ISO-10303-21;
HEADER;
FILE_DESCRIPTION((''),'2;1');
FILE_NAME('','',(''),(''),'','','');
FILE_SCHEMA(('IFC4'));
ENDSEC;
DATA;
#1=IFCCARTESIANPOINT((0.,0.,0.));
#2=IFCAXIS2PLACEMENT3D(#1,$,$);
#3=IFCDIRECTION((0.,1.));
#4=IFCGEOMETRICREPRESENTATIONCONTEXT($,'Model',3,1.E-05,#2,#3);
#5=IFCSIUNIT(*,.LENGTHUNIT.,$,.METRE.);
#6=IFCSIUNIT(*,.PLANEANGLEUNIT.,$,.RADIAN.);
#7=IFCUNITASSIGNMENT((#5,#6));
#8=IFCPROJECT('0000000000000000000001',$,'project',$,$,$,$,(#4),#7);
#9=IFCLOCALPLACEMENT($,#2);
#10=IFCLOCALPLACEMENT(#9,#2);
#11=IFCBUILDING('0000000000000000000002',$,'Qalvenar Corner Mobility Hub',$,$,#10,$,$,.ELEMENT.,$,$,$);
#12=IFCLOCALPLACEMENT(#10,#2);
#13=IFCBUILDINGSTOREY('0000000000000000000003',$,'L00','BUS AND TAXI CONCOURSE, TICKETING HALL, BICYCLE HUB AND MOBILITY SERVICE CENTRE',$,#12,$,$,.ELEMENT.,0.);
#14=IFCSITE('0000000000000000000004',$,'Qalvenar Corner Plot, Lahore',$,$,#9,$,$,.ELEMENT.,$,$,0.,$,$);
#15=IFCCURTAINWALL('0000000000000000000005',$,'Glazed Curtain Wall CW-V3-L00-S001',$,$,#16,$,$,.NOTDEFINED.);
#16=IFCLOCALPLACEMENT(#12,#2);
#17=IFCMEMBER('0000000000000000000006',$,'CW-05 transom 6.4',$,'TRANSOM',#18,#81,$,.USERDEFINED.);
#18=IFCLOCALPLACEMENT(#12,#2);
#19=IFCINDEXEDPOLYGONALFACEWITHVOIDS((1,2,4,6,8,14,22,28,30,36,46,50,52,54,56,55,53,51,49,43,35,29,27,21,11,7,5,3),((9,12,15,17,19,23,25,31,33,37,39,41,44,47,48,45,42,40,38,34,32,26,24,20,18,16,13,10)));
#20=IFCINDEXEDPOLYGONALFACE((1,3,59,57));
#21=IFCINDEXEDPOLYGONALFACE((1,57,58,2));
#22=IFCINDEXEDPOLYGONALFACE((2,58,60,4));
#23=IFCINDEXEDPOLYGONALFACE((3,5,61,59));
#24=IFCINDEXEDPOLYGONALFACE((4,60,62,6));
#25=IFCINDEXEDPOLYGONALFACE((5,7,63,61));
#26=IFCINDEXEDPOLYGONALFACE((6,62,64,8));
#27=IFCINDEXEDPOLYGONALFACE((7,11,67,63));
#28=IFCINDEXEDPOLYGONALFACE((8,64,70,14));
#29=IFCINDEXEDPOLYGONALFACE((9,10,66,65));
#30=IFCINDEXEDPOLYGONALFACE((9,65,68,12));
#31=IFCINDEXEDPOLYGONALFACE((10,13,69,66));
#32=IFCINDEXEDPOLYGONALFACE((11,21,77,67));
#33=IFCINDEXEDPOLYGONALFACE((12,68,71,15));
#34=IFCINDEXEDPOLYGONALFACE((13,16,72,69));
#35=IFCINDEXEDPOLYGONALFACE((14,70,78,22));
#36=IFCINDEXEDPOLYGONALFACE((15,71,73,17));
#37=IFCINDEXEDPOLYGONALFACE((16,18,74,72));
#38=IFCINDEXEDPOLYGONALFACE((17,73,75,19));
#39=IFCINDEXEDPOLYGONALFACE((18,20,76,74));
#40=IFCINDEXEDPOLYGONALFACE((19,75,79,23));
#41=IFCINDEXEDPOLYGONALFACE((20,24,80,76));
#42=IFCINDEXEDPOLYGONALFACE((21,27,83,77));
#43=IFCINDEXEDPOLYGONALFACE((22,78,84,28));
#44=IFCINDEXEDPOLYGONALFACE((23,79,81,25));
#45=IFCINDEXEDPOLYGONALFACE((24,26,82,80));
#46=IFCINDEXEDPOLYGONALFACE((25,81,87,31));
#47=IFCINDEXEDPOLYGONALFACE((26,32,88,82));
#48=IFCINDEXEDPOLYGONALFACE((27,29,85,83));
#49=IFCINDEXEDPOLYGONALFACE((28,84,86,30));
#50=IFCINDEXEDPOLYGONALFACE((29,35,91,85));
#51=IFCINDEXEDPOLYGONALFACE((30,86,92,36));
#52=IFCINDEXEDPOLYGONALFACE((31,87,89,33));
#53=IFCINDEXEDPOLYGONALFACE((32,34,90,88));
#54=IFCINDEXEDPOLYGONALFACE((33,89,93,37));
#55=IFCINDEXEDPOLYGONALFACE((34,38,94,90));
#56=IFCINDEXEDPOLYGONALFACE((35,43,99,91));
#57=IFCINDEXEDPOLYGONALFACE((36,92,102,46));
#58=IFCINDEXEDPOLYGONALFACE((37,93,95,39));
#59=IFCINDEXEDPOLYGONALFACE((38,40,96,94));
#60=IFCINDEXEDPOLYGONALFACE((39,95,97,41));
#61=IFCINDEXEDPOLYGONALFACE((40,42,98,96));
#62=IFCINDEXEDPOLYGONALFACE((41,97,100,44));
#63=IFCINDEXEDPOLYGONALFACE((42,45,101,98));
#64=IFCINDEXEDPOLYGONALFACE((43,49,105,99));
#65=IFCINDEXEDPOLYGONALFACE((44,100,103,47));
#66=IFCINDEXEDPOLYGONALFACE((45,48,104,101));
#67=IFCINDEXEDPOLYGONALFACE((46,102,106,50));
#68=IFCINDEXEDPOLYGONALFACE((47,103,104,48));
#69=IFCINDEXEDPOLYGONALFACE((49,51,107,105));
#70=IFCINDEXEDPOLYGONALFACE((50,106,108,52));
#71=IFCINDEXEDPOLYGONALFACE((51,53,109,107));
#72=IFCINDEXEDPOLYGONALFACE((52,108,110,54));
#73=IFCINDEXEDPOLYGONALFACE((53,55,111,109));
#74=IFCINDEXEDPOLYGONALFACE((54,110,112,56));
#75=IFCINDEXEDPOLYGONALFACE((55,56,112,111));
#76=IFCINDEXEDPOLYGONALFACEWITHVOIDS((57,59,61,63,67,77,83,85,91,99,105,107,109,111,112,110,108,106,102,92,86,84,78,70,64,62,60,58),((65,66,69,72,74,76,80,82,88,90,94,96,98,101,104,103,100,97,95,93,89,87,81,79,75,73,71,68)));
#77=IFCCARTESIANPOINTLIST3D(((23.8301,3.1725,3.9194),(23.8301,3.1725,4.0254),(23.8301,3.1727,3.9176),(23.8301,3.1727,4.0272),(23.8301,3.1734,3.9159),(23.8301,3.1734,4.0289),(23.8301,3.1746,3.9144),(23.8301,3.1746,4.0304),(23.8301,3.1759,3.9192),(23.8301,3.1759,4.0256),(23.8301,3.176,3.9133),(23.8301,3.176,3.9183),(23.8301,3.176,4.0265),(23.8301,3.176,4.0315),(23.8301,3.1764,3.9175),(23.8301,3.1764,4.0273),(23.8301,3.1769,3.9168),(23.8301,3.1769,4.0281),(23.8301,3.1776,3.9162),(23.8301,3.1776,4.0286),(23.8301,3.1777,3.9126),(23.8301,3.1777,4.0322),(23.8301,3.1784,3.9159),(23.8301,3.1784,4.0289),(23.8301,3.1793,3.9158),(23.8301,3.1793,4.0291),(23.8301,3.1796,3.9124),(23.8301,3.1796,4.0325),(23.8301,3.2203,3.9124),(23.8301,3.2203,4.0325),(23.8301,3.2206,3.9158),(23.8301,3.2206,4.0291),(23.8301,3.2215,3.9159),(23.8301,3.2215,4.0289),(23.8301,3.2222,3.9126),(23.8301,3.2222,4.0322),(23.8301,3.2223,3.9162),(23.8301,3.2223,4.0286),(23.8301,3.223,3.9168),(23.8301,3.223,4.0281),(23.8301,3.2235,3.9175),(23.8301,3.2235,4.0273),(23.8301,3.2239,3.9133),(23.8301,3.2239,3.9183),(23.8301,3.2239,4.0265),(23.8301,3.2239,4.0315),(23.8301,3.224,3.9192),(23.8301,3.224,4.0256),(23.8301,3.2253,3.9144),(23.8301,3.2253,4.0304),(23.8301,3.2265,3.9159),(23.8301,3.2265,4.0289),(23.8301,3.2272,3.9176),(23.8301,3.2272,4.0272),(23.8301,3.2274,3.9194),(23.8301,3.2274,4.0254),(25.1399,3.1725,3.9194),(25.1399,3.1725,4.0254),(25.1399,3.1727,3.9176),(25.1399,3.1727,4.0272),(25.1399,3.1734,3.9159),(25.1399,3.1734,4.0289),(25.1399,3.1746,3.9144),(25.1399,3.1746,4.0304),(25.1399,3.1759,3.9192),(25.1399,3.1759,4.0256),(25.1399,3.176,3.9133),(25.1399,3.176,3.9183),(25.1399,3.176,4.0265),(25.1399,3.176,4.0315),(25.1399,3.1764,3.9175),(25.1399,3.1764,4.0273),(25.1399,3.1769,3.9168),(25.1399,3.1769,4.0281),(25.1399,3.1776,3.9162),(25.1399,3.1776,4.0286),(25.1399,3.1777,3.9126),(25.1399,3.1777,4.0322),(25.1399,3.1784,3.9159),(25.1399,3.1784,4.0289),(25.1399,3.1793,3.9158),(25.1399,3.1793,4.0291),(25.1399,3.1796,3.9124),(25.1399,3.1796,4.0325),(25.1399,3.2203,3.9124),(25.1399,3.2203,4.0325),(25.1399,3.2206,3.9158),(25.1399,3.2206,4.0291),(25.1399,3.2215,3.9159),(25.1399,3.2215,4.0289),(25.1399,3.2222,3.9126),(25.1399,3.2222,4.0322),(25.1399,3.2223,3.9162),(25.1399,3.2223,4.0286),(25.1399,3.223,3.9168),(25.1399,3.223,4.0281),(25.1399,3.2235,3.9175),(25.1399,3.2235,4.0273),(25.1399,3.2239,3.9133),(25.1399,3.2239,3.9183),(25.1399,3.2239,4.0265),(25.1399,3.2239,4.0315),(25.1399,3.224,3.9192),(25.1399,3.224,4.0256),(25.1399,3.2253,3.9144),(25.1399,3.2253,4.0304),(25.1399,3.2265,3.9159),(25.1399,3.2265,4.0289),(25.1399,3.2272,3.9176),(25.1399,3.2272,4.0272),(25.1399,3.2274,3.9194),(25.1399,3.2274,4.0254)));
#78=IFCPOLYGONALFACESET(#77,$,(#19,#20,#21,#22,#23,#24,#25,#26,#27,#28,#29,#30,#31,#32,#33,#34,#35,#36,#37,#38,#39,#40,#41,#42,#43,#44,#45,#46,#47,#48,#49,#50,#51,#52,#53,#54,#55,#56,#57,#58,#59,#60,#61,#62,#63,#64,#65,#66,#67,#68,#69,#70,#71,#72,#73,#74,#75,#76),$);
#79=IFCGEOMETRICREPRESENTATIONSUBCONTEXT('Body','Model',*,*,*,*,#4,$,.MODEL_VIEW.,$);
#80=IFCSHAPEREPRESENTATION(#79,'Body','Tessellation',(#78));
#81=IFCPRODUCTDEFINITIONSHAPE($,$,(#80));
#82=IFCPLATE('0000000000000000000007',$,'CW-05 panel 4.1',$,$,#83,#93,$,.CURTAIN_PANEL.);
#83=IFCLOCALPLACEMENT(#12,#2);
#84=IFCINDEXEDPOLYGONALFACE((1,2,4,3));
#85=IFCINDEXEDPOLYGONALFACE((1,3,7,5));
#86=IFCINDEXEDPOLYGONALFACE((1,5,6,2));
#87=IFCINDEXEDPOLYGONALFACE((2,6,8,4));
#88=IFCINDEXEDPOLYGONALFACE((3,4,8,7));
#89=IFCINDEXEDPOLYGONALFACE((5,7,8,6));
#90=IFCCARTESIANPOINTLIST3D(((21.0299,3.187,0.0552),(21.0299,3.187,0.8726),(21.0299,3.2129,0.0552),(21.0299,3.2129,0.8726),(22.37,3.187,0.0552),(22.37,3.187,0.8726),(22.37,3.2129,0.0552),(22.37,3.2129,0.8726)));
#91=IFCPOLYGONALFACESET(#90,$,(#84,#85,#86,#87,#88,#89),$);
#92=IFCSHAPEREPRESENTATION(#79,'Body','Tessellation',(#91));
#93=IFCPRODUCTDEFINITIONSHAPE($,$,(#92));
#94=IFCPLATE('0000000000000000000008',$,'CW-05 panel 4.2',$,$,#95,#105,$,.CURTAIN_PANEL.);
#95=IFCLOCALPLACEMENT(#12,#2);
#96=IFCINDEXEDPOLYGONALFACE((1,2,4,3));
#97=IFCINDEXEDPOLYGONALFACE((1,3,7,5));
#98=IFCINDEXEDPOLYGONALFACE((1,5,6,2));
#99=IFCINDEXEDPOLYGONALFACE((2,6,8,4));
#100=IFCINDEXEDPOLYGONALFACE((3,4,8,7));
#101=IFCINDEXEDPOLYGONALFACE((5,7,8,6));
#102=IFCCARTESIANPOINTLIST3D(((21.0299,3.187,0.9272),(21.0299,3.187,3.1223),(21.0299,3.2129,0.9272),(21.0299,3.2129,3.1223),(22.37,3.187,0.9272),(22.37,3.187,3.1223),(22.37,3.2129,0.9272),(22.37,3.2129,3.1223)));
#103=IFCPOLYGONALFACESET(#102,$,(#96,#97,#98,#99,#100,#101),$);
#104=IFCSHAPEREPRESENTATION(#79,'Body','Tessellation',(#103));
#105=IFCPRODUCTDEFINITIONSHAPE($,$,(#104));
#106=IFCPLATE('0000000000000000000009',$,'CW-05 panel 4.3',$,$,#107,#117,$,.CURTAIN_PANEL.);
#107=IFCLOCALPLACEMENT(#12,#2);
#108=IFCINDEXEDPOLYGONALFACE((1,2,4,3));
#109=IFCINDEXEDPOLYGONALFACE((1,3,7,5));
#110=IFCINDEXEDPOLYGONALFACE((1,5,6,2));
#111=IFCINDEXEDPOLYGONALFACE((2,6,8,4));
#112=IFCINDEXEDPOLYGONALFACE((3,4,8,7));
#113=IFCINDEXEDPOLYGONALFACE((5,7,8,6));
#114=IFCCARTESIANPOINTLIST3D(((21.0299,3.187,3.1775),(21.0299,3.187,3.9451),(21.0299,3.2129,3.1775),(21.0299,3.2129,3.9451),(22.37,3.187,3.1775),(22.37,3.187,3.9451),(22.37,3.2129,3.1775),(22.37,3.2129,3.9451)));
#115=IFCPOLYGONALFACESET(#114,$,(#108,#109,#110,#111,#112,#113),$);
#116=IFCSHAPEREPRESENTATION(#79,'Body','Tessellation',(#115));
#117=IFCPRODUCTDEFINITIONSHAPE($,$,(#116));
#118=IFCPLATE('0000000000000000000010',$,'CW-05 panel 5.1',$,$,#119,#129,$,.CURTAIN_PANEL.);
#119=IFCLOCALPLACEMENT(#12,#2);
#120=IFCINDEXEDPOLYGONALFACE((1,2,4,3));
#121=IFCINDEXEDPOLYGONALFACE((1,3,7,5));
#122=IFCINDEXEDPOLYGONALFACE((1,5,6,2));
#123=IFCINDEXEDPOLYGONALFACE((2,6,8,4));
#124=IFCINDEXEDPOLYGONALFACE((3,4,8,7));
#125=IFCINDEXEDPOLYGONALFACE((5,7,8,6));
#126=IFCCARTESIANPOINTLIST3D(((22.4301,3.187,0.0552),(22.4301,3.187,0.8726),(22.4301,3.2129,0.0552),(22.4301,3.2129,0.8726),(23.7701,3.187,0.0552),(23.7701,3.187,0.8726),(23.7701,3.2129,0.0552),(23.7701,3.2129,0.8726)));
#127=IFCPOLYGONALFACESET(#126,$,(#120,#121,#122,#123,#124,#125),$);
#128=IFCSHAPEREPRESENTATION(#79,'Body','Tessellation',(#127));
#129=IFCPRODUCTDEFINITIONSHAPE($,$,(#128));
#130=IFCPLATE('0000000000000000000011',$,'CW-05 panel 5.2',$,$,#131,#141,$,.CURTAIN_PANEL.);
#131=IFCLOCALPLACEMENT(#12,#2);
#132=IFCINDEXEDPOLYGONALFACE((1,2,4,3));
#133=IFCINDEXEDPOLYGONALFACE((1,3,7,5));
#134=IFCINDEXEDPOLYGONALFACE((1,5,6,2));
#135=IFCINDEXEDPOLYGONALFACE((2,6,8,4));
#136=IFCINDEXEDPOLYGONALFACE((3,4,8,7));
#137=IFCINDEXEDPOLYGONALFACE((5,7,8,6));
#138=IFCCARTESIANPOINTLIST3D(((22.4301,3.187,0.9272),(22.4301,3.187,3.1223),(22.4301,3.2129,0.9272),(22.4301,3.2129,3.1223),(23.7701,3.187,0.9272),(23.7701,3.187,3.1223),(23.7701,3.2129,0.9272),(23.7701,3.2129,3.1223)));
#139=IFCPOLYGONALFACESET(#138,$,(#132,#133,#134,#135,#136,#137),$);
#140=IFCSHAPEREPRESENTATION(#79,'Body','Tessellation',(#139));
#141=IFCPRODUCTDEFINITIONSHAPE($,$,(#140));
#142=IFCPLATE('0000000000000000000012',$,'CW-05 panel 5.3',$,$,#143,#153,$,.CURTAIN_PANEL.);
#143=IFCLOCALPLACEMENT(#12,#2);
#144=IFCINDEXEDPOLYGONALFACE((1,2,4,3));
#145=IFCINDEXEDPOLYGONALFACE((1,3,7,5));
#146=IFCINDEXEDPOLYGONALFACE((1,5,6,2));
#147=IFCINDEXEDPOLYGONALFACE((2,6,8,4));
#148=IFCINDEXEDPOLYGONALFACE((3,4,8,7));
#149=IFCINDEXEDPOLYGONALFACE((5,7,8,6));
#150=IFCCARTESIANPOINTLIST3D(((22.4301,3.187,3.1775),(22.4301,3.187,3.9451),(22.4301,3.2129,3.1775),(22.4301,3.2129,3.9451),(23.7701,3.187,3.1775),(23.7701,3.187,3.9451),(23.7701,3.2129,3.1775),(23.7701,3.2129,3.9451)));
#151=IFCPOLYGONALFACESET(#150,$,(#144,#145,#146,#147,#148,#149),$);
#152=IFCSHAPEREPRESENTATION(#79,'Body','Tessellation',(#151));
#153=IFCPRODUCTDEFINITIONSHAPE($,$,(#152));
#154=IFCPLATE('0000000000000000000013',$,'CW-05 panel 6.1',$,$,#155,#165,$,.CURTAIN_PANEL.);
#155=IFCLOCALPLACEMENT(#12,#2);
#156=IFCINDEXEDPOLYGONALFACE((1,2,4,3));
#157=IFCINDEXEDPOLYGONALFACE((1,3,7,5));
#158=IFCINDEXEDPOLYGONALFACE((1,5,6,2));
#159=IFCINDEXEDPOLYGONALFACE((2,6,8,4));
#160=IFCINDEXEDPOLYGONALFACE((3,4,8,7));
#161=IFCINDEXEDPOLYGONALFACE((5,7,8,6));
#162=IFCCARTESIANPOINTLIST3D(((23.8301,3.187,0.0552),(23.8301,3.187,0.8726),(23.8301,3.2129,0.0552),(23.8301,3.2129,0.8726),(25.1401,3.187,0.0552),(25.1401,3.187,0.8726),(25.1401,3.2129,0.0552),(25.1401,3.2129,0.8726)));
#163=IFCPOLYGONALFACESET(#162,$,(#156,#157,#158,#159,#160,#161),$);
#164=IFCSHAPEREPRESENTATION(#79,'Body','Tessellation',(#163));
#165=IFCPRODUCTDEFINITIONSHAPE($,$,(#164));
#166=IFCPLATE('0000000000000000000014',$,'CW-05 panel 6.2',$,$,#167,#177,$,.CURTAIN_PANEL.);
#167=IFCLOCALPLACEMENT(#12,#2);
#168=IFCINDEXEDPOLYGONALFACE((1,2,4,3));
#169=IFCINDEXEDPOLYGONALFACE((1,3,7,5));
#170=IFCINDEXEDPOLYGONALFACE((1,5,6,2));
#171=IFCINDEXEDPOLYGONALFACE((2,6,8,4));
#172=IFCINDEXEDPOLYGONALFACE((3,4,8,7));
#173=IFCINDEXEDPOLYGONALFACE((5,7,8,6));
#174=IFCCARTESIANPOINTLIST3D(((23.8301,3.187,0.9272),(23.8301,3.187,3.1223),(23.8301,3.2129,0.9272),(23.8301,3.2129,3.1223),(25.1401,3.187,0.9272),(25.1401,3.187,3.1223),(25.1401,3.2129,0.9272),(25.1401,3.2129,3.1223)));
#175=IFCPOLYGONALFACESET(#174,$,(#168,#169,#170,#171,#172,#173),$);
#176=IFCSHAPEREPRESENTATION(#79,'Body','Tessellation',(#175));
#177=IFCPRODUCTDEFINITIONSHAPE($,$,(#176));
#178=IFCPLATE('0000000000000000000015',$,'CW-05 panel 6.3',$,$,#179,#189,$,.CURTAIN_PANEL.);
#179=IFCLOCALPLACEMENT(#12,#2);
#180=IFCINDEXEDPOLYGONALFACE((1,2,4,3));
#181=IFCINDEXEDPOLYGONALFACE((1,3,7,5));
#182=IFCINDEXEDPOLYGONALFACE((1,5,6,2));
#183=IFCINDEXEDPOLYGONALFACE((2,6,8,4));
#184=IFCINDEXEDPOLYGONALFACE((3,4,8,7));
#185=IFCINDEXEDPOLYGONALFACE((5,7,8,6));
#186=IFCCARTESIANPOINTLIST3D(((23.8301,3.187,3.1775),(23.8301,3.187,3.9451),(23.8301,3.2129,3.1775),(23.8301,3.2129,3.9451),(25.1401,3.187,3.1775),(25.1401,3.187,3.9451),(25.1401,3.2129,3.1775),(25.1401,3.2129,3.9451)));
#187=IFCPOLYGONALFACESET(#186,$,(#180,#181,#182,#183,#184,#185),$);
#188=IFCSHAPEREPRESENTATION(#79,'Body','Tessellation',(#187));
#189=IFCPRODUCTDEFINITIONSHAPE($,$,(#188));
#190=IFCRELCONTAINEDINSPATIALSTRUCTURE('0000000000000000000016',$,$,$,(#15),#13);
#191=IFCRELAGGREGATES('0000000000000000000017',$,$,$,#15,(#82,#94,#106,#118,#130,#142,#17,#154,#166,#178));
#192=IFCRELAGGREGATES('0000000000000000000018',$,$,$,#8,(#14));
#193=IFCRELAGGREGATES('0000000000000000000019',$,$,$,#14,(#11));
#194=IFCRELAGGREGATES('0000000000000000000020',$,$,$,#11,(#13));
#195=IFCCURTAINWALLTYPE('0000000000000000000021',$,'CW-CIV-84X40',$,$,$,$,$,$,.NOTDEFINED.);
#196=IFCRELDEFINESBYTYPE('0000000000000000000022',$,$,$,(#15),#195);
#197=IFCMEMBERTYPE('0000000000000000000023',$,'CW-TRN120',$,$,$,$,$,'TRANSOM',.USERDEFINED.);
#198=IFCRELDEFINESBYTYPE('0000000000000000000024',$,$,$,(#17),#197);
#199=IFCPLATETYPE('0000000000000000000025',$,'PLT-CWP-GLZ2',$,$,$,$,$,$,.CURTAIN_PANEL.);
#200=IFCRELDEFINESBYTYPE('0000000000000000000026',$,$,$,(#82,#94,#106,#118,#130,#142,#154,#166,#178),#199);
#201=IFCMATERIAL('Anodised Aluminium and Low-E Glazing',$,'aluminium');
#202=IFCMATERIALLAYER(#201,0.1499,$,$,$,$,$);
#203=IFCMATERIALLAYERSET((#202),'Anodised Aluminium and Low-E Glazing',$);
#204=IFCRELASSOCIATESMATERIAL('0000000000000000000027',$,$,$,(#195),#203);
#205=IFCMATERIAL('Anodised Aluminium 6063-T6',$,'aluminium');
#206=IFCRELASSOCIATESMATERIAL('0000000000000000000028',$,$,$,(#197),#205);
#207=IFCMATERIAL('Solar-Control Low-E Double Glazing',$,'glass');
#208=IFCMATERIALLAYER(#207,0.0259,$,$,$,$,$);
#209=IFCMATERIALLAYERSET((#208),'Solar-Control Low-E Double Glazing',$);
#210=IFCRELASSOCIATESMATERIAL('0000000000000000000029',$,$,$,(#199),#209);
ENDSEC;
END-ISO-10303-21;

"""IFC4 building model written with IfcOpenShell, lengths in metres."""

from ifc_helpers import new_model, si_unit, direction, frame, origin, origin_2d, place, context, subcontext, project, spatial, rectangle, hollow_rectangle, extrude, material, layer, layer_set, material_profile, profile_set, type_object, element, aggregate, save


model = new_model("IFC4")

# Units and contexts
model_context = context("Model", 3, precision=1e-05, world=origin(), true_north=direction((0.0, 1.0)))
body_context = subcontext(model_context, "Body", "Model", "MODEL_VIEW")
ifc_project = project(units=[si_unit("LENGTHUNIT", "METRE"), si_unit("PLANEANGLEUNIT", "RADIAN")], contexts=[model_context])

# Site, building, storey
site_placement = place(None, origin())
site = spatial("IfcSite", under=ifc_project, at=site_placement, Name="Qalvenar Corner Plot, Lahore", CompositionType="ELEMENT", RefElevation=0.0)
building_placement = place(site_placement, origin())
building = spatial("IfcBuilding", under=site, at=building_placement, Name="Qalvenar Corner Mobility Hub", CompositionType="ELEMENT")
storey_placement = place(building_placement, origin())
storey = spatial("IfcBuildingStorey", under=building, at=storey_placement, Name="L00", Description="BUS AND TAXI CONCOURSE, TICKETING HALL, BICYCLE HUB AND MOBILITY SERVICE CENTRE", CompositionType="ELEMENT", Elevation=0.0)

# Curtain wall, member, plates
ifc_material_1 = material(Name="Anodised Aluminium and Low-E Glazing", Category="aluminium")
ifc_layer_1 = layer(ifc_material_1, 0.1499)
ifc_layer_set_1 = layer_set([ifc_layer_1], Name="Anodised Aluminium and Low-E Glazing")
curtain_wall_type = type_object("IfcCurtainWallType", Name="CW-CIV-84X40", PredefinedType="NOTDEFINED", material=ifc_layer_set_1)
curtain_wall_placement = place(storey_placement, origin())
curtain_wall = element("IfcCurtainWall", 1, at=curtain_wall_placement, inside=storey, type_object=curtain_wall_type, Name="Glazed Curtain Wall CW-V3-L00-S001", PredefinedType="NOTDEFINED")
ifc_material_2 = material(Name="Anodised Aluminium 6063-T6", Category="aluminium")
ifc_material_profile_1 = material_profile(ifc_material_2, hollow_rectangle(XDim=0.0549, YDim=0.1201, WallThickness=0.0034, InnerFilletRadius=0.0034, OuterFilletRadius=0.0071, at=origin_2d()), Name="RHS120x55x3.5")
ifc_profile_set_1 = profile_set([ifc_material_profile_1], Name="Anodised Aluminium 6063-T6")
member_type_1 = type_object("IfcMemberType", Name="CW-TRN120", ElementType="TRANSOM", PredefinedType="USERDEFINED", material=ifc_profile_set_1)
member_1_placement = place(storey_placement, frame((23.8301, 3.2, 3.9724), z_axis=(1.0, 0.0, 0.0), x_axis=(0.0, 1.0, 0.0)))
member_1 = element("IfcMember", 2, at=member_1_placement, type_object=member_type_1, Name="CW-05 transom 6.4", ObjectType="TRANSOM", PredefinedType="USERDEFINED", context=body_context, shape_type="SweptSolid", body=[
    extrude(hollow_rectangle(XDim=0.0549, YDim=0.1201, WallThickness=0.0034, InnerFilletRadius=0.0034, OuterFilletRadius=0.0071, at=origin_2d()), origin(), (0.0, 0.0, 1.0), 1.3098),
])
ifc_material_3 = material(Name="Solar-Control Low-E Double Glazing", Category="glass")
ifc_layer_2 = layer(ifc_material_3, 0.0259)
ifc_layer_set_2 = layer_set([ifc_layer_2], Name="Solar-Control Low-E Double Glazing")
plate_type = type_object("IfcPlateType", Name="PLT-CWP-GLZ2", PredefinedType="CURTAIN_PANEL", material=ifc_layer_set_2)
plate_1_placement = place(storey_placement, frame((21.7, 3.2, 0.0552), z_axis=(0.0, 0.0, 1.0), x_axis=(1.0, 0.0, 0.0)))
plate_1 = element("IfcPlate", 3, at=plate_1_placement, type_object=plate_type, Name="CW-05 panel 4.1", PredefinedType="CURTAIN_PANEL", context=body_context, shape_type="SweptSolid", body=[
    extrude(rectangle(XDim=1.3401, YDim=0.0259, at=origin_2d()), origin(), (0.0, 0.0, 1.0), 0.8174),
])
plate_2_placement = place(storey_placement, frame((21.7, 3.2, 0.9272), z_axis=(0.0, 0.0, 1.0), x_axis=(1.0, 0.0, 0.0)))
plate_2 = element("IfcPlate", 4, at=plate_2_placement, type_object=plate_type, Name="CW-05 panel 4.2", PredefinedType="CURTAIN_PANEL", context=body_context, shape_type="SweptSolid", body=[
    extrude(rectangle(XDim=1.3401, YDim=0.0259, at=origin_2d()), origin(), (0.0, 0.0, 1.0), 2.1951),
])
plate_3_placement = place(storey_placement, frame((21.7, 3.2, 3.1775), z_axis=(0.0, 0.0, 1.0), x_axis=(1.0, 0.0, 0.0)))
plate_3 = element("IfcPlate", 5, at=plate_3_placement, type_object=plate_type, Name="CW-05 panel 4.3", PredefinedType="CURTAIN_PANEL", context=body_context, shape_type="SweptSolid", body=[
    extrude(rectangle(XDim=1.3401, YDim=0.0259, at=origin_2d()), origin(), (0.0, 0.0, 1.0), 0.7676),
])
plate_4_placement = place(storey_placement, frame((23.1001, 3.2, 0.0552), z_axis=(0.0, 0.0, 1.0), x_axis=(1.0, 0.0, 0.0)))
plate_4 = element("IfcPlate", 6, at=plate_4_placement, type_object=plate_type, Name="CW-05 panel 5.1", PredefinedType="CURTAIN_PANEL", context=body_context, shape_type="SweptSolid", body=[
    extrude(rectangle(XDim=1.3401, YDim=0.0259, at=origin_2d()), origin(), (0.0, 0.0, 1.0), 0.8174),
])
plate_5_placement = place(storey_placement, frame((23.1001, 3.2, 0.9272), z_axis=(0.0, 0.0, 1.0), x_axis=(1.0, 0.0, 0.0)))
plate_5 = element("IfcPlate", 7, at=plate_5_placement, type_object=plate_type, Name="CW-05 panel 5.2", PredefinedType="CURTAIN_PANEL", context=body_context, shape_type="SweptSolid", body=[
    extrude(rectangle(XDim=1.3401, YDim=0.0259, at=origin_2d()), origin(), (0.0, 0.0, 1.0), 2.1951),
])
plate_6_placement = place(storey_placement, frame((23.1001, 3.2, 3.1775), z_axis=(0.0, 0.0, 1.0), x_axis=(1.0, 0.0, 0.0)))
plate_6 = element("IfcPlate", 8, at=plate_6_placement, type_object=plate_type, Name="CW-05 panel 5.3", PredefinedType="CURTAIN_PANEL", context=body_context, shape_type="SweptSolid", body=[
    extrude(rectangle(XDim=1.3401, YDim=0.0259, at=origin_2d()), origin(), (0.0, 0.0, 1.0), 0.7676),
])
plate_7_placement = place(storey_placement, frame((24.4851, 3.2, 0.0552), z_axis=(0.0, 0.0, 1.0), x_axis=(1.0, 0.0, 0.0)))
plate_7 = element("IfcPlate", 9, at=plate_7_placement, type_object=plate_type, Name="CW-05 panel 6.1", PredefinedType="CURTAIN_PANEL", context=body_context, shape_type="SweptSolid", body=[
    extrude(rectangle(XDim=1.3101, YDim=0.0259, at=origin_2d()), origin(), (0.0, 0.0, 1.0), 0.8174),
])
plate_8_placement = place(storey_placement, frame((24.4851, 3.2, 0.9272), z_axis=(0.0, 0.0, 1.0), x_axis=(1.0, 0.0, 0.0)))
plate_8 = element("IfcPlate", 10, at=plate_8_placement, type_object=plate_type, Name="CW-05 panel 6.2", PredefinedType="CURTAIN_PANEL", context=body_context, shape_type="SweptSolid", body=[
    extrude(rectangle(XDim=1.3101, YDim=0.0259, at=origin_2d()), origin(), (0.0, 0.0, 1.0), 2.1951),
])
plate_9_placement = place(storey_placement, frame((24.4851, 3.2, 3.1775), z_axis=(0.0, 0.0, 1.0), x_axis=(1.0, 0.0, 0.0)))
plate_9 = element("IfcPlate", 11, at=plate_9_placement, type_object=plate_type, Name="CW-05 panel 6.3", PredefinedType="CURTAIN_PANEL", context=body_context, shape_type="SweptSolid", body=[
    extrude(rectangle(XDim=1.3101, YDim=0.0259, at=origin_2d()), origin(), (0.0, 0.0, 1.0), 0.7676),
])
aggregate(curtain_wall, [plate_1, plate_2, plate_3, plate_4, plate_5, plate_6, member_1, plate_7, plate_8, plate_9])

save(model, "model.ifc")
